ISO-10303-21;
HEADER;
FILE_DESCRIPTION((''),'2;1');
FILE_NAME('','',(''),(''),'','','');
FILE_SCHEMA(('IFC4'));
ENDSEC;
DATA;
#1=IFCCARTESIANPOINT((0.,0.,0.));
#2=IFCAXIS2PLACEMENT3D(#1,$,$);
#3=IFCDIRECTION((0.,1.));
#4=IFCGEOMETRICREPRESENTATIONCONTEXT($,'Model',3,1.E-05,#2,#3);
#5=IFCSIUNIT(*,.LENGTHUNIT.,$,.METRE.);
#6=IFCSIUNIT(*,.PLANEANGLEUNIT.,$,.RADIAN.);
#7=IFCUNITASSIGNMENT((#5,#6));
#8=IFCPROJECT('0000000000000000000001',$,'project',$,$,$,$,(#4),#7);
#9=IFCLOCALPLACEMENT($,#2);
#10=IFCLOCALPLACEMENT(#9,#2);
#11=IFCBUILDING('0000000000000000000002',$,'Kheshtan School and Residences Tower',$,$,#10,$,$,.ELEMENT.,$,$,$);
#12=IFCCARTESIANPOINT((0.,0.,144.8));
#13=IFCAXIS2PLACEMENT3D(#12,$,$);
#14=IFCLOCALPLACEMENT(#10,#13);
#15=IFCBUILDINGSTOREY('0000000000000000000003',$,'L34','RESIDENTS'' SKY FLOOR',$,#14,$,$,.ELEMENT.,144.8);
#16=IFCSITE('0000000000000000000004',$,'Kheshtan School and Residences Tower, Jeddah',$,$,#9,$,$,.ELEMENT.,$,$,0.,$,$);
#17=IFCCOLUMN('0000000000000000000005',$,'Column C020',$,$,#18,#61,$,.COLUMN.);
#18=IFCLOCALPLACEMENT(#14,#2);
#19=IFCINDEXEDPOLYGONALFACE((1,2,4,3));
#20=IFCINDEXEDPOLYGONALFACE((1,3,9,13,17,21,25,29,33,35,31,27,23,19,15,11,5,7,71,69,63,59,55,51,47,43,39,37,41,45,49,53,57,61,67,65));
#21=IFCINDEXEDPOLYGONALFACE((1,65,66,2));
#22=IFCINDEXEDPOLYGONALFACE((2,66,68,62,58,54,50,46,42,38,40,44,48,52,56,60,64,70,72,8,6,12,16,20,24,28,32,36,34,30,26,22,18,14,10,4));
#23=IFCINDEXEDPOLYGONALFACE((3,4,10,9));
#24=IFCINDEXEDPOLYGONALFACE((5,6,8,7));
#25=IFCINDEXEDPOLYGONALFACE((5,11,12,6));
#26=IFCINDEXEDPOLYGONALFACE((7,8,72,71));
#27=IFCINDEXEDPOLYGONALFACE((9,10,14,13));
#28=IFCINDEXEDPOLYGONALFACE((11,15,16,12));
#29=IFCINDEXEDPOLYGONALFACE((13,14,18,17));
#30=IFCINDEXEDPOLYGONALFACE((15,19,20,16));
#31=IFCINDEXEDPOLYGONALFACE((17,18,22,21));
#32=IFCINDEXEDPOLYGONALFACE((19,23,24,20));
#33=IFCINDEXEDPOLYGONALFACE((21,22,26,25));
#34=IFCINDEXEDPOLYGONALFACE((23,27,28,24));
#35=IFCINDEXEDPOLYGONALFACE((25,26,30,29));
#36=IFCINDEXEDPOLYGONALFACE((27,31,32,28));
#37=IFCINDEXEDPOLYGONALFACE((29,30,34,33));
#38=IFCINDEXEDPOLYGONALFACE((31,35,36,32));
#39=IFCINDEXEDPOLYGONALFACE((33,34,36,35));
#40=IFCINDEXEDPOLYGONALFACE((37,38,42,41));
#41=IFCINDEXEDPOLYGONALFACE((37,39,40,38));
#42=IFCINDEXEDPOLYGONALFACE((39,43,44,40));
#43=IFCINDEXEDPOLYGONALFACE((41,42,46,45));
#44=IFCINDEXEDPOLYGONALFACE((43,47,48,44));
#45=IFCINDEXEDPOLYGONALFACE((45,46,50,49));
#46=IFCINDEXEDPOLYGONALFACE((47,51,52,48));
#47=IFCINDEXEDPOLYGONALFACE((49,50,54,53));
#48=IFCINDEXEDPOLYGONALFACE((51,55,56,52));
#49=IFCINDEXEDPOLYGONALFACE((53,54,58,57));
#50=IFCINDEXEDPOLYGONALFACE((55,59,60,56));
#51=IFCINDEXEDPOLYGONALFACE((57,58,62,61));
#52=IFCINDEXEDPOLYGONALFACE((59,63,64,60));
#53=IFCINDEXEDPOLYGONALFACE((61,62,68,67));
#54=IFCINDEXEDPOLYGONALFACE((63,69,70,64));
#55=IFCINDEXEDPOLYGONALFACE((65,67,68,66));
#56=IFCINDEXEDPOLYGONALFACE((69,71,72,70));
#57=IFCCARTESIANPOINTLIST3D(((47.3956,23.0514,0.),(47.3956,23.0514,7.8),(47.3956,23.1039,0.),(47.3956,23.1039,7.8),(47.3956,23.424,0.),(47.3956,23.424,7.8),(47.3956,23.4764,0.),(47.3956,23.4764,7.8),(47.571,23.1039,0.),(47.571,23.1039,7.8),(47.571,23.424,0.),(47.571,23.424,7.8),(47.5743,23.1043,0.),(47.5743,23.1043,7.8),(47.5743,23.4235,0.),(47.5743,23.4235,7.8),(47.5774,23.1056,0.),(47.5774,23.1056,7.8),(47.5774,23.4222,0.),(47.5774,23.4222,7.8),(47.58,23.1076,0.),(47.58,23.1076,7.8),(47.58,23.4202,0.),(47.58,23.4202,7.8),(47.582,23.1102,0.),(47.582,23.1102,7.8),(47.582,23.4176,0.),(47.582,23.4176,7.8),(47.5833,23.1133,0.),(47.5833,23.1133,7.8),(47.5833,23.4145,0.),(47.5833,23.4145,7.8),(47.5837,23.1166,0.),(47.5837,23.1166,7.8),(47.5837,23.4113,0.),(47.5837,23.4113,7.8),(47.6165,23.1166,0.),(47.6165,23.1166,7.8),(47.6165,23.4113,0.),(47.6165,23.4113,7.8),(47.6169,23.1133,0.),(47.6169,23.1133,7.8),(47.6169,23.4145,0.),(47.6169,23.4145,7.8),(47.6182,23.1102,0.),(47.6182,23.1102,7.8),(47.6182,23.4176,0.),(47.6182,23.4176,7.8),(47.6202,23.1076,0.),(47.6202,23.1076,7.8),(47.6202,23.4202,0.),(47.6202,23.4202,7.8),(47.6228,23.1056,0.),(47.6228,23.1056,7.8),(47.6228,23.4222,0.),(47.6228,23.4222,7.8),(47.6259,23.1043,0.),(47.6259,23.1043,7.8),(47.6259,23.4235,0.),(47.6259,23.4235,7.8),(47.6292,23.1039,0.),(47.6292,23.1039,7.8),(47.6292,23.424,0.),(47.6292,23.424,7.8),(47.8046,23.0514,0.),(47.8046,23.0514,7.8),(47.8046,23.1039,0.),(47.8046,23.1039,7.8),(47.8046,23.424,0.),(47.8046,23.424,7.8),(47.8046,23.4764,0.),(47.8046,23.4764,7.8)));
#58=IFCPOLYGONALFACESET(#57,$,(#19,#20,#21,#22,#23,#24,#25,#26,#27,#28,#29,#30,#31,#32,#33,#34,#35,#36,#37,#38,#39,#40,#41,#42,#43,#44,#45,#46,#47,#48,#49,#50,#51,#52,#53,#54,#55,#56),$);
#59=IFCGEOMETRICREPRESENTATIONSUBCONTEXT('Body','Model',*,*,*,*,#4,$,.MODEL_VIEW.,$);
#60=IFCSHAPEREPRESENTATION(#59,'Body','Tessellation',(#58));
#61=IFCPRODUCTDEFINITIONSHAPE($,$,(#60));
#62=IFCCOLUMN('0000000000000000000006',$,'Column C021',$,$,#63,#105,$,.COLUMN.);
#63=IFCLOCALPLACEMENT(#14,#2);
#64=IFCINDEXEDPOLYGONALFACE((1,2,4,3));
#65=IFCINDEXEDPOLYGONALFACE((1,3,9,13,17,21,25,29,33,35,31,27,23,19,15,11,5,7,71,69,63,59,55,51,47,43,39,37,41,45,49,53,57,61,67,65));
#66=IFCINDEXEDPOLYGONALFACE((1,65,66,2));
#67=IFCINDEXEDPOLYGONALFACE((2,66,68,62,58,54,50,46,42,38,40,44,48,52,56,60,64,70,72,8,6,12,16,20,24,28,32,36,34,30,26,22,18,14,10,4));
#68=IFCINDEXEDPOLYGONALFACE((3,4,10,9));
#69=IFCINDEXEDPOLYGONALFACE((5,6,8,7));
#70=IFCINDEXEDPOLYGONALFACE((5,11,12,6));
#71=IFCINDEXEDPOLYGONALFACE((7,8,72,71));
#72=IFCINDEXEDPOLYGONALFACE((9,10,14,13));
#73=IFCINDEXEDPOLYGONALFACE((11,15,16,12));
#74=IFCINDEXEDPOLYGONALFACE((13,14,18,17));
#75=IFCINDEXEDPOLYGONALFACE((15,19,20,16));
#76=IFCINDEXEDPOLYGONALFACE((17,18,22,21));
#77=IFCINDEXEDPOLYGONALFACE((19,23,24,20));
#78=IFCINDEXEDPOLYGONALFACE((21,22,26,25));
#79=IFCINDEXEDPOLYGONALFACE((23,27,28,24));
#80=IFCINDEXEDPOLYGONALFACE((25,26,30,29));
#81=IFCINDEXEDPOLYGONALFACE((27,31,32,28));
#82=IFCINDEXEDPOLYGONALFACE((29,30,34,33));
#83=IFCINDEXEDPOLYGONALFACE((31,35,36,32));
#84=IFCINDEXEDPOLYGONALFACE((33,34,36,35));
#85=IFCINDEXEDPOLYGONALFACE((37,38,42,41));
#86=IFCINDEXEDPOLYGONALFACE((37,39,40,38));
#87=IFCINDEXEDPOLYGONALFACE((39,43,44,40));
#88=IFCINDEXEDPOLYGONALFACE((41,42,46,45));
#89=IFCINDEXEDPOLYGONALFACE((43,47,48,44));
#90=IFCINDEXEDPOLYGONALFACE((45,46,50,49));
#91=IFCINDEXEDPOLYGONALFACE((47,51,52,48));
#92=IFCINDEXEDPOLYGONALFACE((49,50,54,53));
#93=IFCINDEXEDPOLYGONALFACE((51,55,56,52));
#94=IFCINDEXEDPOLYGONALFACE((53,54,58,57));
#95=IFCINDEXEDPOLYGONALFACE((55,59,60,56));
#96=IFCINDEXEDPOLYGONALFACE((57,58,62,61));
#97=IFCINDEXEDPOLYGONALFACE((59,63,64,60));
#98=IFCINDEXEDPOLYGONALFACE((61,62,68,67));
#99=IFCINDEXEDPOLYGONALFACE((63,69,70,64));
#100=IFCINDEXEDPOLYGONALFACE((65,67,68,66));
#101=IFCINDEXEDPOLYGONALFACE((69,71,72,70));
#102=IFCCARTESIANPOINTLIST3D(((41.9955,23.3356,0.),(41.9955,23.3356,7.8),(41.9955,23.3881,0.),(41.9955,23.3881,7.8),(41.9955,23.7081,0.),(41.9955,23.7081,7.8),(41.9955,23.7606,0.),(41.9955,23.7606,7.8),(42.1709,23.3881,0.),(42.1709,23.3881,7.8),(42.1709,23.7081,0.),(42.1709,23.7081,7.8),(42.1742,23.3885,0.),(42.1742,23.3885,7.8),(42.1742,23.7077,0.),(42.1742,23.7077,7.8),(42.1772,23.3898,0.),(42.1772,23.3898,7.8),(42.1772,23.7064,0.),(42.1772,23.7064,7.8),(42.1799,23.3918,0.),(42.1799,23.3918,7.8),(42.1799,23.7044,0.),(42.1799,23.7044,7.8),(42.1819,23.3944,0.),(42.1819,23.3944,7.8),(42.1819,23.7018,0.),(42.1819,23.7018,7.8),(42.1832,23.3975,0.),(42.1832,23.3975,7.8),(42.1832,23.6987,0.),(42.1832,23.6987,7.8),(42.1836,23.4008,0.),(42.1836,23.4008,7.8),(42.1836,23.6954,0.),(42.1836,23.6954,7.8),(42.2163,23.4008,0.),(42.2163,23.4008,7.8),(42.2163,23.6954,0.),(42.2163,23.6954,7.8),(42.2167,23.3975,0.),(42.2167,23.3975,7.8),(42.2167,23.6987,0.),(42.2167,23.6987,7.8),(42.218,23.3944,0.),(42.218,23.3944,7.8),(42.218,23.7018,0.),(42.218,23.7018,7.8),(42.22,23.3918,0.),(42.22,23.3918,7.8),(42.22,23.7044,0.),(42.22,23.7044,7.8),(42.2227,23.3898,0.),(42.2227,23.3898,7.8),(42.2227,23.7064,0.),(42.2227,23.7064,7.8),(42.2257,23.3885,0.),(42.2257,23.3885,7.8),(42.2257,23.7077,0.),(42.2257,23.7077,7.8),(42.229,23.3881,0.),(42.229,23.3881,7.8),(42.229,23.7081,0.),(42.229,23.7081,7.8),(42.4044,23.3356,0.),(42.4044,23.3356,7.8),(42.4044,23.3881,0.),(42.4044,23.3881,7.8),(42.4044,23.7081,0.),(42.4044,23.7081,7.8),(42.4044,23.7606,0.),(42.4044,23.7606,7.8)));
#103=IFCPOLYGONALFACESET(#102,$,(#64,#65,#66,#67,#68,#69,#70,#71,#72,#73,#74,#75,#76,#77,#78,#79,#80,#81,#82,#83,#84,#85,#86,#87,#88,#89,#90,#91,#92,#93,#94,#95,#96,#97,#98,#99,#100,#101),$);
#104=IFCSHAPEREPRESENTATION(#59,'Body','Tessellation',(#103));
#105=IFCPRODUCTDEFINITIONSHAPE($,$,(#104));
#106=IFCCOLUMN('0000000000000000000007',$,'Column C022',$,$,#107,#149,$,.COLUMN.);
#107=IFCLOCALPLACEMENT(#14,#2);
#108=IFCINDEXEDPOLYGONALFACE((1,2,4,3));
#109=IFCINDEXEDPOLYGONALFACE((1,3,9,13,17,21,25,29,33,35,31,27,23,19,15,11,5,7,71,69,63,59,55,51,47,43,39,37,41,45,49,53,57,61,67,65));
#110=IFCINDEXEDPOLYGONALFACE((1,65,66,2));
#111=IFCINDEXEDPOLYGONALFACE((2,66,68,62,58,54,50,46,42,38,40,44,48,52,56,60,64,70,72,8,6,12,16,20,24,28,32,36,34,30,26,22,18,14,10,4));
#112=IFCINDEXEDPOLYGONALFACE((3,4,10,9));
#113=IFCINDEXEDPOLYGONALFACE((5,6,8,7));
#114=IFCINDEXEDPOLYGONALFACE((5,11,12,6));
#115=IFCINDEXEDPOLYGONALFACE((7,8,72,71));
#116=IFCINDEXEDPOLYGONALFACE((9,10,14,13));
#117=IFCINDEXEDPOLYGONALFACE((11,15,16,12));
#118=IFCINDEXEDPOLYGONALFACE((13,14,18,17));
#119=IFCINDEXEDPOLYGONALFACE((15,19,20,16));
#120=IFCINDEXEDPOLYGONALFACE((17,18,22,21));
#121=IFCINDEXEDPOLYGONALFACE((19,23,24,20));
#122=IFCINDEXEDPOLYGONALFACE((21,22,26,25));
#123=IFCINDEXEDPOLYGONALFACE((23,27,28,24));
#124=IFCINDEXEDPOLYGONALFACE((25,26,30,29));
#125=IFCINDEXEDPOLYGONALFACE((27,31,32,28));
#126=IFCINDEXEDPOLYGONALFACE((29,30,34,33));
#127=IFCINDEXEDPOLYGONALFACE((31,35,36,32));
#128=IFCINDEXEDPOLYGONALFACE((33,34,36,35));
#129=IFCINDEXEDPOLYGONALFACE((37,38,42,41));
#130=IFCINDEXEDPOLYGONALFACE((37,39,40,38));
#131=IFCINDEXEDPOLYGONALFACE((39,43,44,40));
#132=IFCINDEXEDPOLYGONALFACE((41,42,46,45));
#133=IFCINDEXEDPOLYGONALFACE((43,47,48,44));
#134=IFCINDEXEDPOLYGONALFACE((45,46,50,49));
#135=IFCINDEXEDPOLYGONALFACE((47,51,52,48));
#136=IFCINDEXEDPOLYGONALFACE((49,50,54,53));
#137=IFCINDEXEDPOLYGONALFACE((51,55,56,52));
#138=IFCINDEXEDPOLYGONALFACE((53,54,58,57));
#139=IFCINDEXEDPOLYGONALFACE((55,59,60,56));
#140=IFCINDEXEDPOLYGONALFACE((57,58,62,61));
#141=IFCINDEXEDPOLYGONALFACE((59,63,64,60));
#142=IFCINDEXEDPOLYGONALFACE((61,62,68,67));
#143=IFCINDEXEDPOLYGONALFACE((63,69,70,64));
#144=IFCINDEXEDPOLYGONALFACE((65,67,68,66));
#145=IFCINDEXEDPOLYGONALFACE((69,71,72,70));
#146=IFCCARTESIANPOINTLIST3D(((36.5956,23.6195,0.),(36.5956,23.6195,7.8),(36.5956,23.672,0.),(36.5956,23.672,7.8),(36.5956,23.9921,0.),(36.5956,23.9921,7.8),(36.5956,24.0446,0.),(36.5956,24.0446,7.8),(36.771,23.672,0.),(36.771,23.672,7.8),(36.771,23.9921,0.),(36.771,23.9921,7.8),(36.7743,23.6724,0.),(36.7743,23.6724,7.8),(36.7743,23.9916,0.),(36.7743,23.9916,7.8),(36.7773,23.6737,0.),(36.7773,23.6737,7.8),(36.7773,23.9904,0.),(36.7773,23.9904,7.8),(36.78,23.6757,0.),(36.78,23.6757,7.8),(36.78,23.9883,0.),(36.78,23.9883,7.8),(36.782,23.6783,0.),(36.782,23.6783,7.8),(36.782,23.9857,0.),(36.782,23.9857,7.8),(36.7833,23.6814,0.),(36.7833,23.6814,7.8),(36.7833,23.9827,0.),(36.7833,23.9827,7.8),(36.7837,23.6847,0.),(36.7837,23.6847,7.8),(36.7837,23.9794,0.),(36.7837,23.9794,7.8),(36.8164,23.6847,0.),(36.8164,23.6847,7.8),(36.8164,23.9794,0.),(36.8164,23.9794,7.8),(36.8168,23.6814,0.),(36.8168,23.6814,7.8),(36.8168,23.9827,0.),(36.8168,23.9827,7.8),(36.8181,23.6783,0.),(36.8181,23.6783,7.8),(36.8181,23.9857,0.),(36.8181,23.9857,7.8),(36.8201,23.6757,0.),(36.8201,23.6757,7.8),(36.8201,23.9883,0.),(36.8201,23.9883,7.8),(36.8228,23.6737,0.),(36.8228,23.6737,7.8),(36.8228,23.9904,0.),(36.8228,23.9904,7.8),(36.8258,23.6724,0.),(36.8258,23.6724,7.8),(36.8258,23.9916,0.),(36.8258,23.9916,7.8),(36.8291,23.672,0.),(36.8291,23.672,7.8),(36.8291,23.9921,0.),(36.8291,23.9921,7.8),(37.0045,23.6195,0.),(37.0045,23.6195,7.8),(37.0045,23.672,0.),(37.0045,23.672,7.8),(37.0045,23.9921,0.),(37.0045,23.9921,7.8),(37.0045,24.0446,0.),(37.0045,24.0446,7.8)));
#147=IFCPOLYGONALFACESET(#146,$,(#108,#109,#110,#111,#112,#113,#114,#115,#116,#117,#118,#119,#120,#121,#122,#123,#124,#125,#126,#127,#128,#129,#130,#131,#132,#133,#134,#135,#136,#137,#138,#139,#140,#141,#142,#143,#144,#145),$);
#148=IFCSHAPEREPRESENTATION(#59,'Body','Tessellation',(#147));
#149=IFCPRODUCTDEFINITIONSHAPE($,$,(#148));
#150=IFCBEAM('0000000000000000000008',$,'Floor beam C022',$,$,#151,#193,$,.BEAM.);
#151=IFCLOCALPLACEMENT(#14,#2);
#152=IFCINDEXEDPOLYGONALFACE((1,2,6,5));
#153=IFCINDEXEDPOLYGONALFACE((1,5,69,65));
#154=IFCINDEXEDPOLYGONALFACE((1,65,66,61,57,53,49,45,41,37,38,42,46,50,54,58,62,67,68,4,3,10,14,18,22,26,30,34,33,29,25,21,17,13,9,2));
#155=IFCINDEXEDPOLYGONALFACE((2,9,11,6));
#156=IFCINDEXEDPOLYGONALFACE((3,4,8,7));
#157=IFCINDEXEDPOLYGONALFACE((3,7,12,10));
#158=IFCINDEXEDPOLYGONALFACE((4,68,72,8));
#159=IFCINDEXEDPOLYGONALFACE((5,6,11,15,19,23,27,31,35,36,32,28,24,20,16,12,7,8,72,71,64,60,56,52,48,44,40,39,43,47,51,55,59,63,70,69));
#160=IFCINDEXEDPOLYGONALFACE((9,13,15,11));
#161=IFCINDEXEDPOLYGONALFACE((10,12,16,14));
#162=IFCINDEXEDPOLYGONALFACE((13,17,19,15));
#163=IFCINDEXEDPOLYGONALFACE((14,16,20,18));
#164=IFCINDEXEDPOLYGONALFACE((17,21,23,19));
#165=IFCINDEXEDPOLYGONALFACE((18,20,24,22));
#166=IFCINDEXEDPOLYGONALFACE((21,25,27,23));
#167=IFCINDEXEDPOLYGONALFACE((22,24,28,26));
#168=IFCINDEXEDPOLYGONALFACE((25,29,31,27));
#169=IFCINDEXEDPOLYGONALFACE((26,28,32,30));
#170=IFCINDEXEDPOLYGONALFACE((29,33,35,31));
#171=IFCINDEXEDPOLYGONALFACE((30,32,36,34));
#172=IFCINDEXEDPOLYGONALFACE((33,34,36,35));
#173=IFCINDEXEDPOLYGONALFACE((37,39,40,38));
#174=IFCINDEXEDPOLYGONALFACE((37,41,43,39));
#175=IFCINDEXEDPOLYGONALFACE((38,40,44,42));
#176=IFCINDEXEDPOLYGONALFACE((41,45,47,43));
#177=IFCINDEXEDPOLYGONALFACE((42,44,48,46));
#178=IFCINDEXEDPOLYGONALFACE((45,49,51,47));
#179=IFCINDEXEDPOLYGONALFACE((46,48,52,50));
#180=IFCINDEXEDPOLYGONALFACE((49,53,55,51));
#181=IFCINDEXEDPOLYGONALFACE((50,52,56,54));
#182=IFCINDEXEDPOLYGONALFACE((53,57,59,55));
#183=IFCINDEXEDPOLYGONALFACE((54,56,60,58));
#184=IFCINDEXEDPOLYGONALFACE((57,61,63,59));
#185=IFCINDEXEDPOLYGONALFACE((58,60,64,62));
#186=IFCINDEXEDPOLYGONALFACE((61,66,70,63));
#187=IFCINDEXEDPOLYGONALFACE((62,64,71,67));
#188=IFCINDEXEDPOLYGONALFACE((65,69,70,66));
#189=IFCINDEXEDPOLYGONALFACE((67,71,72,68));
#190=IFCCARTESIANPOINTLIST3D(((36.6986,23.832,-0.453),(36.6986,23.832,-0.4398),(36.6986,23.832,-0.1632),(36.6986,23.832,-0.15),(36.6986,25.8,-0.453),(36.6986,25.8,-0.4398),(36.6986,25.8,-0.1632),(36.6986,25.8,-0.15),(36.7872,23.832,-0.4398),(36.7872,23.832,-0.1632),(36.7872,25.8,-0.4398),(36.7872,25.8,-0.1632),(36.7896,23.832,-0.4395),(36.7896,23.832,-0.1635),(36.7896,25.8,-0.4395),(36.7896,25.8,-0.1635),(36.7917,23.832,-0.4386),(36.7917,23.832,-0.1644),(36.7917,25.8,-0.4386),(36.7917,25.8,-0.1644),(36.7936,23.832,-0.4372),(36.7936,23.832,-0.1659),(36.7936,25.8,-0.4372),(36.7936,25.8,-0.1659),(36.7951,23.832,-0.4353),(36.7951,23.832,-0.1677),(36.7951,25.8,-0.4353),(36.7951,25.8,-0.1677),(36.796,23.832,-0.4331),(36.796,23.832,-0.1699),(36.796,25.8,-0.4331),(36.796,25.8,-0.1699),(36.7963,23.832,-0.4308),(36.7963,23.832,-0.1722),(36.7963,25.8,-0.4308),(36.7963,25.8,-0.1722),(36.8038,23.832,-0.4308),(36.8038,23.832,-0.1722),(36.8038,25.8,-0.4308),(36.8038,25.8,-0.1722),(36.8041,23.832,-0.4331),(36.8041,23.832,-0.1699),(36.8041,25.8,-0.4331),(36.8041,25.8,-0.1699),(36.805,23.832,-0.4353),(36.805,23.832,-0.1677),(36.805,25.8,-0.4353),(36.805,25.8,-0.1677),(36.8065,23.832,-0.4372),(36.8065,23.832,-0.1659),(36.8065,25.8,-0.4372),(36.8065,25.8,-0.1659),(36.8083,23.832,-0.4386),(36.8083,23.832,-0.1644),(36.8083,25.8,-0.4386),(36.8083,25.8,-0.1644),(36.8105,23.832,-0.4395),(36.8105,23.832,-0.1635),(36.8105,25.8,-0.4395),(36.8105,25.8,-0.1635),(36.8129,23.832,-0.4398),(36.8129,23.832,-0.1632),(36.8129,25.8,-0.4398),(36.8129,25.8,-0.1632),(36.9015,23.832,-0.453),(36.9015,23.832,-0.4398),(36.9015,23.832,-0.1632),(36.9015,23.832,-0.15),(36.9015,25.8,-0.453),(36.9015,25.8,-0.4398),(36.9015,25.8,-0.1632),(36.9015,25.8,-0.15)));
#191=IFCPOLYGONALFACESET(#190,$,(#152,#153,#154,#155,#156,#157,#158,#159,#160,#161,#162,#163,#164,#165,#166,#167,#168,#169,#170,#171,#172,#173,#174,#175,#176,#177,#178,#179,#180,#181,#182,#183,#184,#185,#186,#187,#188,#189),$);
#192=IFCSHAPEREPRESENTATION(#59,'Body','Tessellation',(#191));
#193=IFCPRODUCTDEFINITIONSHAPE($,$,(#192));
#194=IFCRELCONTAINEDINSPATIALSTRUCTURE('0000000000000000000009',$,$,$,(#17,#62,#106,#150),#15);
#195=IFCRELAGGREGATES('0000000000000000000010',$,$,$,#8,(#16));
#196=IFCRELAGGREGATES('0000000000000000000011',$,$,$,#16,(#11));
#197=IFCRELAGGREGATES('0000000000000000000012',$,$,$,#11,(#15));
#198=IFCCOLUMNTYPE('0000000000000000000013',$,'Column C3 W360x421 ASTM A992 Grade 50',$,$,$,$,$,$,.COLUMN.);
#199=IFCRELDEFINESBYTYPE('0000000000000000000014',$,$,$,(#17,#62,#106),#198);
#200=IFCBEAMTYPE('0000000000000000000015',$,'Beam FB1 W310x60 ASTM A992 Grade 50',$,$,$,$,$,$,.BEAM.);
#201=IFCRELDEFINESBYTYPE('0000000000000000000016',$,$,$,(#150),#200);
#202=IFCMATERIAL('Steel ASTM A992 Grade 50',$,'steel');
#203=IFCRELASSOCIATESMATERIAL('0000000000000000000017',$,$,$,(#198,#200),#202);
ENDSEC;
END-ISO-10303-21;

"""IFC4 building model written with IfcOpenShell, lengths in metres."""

from ifc_helpers import new_model, si_unit, direction, frame, origin, origin_2d, place, context, subcontext, project, spatial, i_section, extrude, material, material_profile, profile_set, type_object, element, save


model = new_model("IFC4")

# Units and contexts
model_context = context("Model", 3, precision=1e-05, world=origin(), true_north=direction((0.0, 1.0)))
body_context = subcontext(model_context, "Body", "Model", "MODEL_VIEW")
ifc_project = project(units=[si_unit("LENGTHUNIT", "METRE"), si_unit("PLANEANGLEUNIT", "RADIAN")], contexts=[model_context])

# Site, building, storey
site_placement = place(None, origin())
site = spatial("IfcSite", under=ifc_project, at=site_placement, Name="Kheshtan School and Residences Tower, Jeddah", CompositionType="ELEMENT", RefElevation=0.0)
building_placement = place(site_placement, origin())
building = spatial("IfcBuilding", under=site, at=building_placement, Name="Kheshtan School and Residences Tower", CompositionType="ELEMENT")
storey_placement = place(building_placement, frame((0.0, 0.0, 144.8)))
storey = spatial("IfcBuildingStorey", under=building, at=storey_placement, Name="L34", Description="RESIDENTS' SKY FLOOR", CompositionType="ELEMENT", Elevation=144.8)

# Columns
ifc_material_1 = material(Name="Steel ASTM A992 Grade 50", Category="steel")
ifc_material_profile_1 = material_profile(ifc_material_1, i_section(OverallWidth=0.4089, OverallDepth=0.425, WebThickness=0.0327, FlangeThickness=0.0525, FilletRadius=0.0127, at=origin_2d()), Name="W360x421")
ifc_profile_set_1 = profile_set([ifc_material_profile_1], Name="Steel ASTM A992 Grade 50")
column_type = type_object("IfcColumnType", Name="Column C3 W360x421 ASTM A992 Grade 50", PredefinedType="COLUMN", material=ifc_profile_set_1)
for number, where, z_axis, x_axis, name in (
    (1, (47.6001, 23.2639, 0.0), (0.0, 0.0, 1.0), (1.0, 0.0, 0.0), "Column C020"),
    (2, (42.2, 23.5481, 0.0), (0.0, 0.0, 1.0), (1.0, 0.0, 0.0), "Column C021"),
    (3, (36.8, 23.832, 0.0), (0.0, 0.0, 1.0), (1.0, 0.0, 0.0), "Column C022"),
):
    element("IfcColumn", number, at=place(storey_placement, frame(where, z_axis=z_axis, x_axis=x_axis)), inside=storey, type_object=column_type, Name=name, PredefinedType="COLUMN", context=body_context, shape_type="SweptSolid", body=[
        extrude(i_section(OverallWidth=0.4089, OverallDepth=0.425, WebThickness=0.0327, FlangeThickness=0.0525, FilletRadius=0.0127, at=origin_2d()), origin(), (0.0, 0.0, 1.0), 7.8),
    ])

# Beam
ifc_material_profile_2 = material_profile(ifc_material_1, i_section(OverallWidth=0.2029, OverallDepth=0.303, WebThickness=0.0076, FlangeThickness=0.0132, FilletRadius=0.009, at=origin_2d()), Name="W310x60")
ifc_profile_set_2 = profile_set([ifc_material_profile_2], Name="Steel ASTM A992 Grade 50")
beam_type_1 = type_object("IfcBeamType", Name="Beam FB1 W310x60 ASTM A992 Grade 50", PredefinedType="BEAM", material=ifc_profile_set_2)
beam_1_placement = place(storey_placement, frame((36.8, 23.832, -0.3015), z_axis=(0.0, 1.0, 0.0), x_axis=(-1.0, 0.0, 0.0)))
element("IfcBeam", 4, at=beam_1_placement, inside=storey, type_object=beam_type_1, Name="Floor beam C022", PredefinedType="BEAM", context=body_context, shape_type="SweptSolid", body=[
    extrude(i_section(OverallWidth=0.2029, OverallDepth=0.303, WebThickness=0.0076, FlangeThickness=0.0132, FilletRadius=0.009, at=origin_2d()), origin(), (0.0, 0.0, 1.0), 1.968),
])

save(model, "model.ifc")
